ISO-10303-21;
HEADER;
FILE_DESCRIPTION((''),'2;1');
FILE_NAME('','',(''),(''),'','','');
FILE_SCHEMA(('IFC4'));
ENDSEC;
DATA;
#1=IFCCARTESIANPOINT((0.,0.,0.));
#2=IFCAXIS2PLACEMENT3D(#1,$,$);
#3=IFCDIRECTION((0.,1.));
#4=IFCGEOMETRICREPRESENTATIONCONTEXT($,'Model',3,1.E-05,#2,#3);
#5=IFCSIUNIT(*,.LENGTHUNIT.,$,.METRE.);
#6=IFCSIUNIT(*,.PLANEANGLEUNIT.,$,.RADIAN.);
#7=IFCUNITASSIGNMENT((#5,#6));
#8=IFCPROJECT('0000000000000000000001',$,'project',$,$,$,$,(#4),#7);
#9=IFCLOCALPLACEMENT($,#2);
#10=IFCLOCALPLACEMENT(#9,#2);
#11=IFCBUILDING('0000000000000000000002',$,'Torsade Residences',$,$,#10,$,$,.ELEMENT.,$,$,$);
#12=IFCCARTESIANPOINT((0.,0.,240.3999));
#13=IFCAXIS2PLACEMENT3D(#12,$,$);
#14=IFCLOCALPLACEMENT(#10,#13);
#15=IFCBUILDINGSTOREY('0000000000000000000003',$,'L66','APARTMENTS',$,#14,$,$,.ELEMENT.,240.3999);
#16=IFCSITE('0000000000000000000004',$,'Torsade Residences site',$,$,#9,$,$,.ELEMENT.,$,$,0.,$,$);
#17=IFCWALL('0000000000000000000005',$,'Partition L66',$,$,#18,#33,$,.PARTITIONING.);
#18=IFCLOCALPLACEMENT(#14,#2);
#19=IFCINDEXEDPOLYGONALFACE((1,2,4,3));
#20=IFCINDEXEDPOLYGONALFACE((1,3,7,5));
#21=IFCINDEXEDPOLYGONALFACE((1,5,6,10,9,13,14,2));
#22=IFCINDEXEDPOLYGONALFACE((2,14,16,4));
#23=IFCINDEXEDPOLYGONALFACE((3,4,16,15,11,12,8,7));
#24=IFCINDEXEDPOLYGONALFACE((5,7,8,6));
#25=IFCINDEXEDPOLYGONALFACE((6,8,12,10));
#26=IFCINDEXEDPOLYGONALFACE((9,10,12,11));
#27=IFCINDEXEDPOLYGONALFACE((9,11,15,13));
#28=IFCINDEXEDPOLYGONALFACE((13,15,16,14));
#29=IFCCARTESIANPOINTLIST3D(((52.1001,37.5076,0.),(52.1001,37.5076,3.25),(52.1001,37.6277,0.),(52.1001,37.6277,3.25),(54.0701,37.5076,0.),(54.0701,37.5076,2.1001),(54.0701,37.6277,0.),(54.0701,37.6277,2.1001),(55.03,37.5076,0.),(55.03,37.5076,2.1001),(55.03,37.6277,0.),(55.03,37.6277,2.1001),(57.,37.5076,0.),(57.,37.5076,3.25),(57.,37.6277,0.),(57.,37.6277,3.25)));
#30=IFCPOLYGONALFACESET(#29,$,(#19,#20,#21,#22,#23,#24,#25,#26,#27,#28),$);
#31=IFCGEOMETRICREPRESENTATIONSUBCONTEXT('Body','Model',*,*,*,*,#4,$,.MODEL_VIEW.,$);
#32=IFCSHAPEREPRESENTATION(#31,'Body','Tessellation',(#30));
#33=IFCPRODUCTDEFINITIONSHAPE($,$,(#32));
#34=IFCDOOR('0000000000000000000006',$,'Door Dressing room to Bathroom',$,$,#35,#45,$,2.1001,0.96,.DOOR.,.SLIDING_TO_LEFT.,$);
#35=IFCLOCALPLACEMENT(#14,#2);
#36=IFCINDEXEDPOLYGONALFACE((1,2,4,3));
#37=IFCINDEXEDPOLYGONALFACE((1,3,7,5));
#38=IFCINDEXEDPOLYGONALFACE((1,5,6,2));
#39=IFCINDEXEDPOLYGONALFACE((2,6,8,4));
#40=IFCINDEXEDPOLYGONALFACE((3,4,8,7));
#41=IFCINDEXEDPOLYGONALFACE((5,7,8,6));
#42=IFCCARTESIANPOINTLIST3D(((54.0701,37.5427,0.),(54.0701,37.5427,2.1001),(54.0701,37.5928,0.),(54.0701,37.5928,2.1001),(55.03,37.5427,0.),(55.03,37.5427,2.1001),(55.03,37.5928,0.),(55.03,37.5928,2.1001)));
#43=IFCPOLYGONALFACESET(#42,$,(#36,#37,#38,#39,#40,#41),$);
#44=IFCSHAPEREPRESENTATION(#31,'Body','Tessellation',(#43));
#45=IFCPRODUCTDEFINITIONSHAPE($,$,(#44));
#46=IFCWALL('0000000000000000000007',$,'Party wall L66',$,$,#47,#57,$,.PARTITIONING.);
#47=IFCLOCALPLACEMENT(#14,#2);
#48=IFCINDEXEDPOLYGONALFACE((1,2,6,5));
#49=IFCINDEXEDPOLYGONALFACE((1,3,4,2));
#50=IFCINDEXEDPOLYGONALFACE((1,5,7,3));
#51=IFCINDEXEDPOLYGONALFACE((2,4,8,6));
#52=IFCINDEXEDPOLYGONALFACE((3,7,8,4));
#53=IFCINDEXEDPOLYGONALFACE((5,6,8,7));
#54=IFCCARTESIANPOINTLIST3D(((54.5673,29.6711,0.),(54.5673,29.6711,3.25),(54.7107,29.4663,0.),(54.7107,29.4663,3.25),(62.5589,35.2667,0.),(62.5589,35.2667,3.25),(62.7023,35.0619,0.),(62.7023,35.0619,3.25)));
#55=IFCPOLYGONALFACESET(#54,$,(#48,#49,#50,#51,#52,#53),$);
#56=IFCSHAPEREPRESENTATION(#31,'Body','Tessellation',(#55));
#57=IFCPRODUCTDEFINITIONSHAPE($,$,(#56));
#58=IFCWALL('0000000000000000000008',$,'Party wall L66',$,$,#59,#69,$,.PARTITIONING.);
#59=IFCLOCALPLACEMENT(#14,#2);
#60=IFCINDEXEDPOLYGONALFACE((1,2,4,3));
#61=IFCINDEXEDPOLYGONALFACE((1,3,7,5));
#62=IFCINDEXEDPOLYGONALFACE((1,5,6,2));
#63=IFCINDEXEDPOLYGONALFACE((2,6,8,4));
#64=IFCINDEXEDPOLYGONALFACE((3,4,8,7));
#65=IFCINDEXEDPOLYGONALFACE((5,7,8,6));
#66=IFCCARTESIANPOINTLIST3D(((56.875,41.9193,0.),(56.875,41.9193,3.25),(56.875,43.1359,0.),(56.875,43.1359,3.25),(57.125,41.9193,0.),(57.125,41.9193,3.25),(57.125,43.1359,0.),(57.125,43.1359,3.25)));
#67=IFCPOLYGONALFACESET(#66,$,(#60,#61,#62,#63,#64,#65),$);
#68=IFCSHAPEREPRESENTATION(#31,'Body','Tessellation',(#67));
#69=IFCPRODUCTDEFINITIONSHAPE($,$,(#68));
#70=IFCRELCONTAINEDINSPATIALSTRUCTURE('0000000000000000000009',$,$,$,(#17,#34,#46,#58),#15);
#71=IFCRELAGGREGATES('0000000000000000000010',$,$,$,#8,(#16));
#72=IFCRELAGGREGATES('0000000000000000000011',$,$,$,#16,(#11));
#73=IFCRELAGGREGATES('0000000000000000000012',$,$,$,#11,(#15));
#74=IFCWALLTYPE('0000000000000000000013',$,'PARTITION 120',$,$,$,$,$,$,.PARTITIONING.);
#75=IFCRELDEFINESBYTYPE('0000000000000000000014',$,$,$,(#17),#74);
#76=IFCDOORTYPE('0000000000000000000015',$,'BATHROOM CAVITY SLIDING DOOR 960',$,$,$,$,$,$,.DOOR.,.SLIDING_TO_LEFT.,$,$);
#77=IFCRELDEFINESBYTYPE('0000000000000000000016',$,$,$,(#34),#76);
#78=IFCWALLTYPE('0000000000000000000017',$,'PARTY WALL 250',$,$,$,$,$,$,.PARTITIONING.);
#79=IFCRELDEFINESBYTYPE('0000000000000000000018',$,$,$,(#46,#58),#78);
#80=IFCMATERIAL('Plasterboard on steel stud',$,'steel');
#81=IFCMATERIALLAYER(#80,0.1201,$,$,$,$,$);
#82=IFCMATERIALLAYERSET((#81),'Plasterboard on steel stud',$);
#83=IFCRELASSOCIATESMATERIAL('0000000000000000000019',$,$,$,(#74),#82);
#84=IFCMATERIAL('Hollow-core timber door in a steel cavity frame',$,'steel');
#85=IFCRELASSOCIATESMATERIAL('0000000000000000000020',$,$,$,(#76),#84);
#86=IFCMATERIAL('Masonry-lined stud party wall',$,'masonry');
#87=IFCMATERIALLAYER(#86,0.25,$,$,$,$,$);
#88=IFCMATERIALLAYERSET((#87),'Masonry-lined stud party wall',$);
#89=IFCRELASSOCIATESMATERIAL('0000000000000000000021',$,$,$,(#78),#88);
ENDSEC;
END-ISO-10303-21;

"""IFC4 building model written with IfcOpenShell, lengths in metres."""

from ifc_helpers import new_model, si_unit, direction, frame, frame_2d, origin, place, context, subcontext, project, spatial, rectangle, extrude, material, layer, layer_set, type_object, element, fill, save


model = new_model("IFC4")

# Units and contexts
model_context = context("Model", 3, precision=1e-05, world=origin(), true_north=direction((0.0, 1.0)))
body_context = subcontext(model_context, "Body", "Model", "MODEL_VIEW")
ifc_project = project(units=[si_unit("LENGTHUNIT", "METRE"), si_unit("PLANEANGLEUNIT", "RADIAN")], contexts=[model_context])

# Site, building, storey
site_placement = place(None, origin())
site = spatial("IfcSite", under=ifc_project, at=site_placement, Name="Torsade Residences site", CompositionType="ELEMENT", RefElevation=0.0)
building_placement = place(site_placement, origin())
building = spatial("IfcBuilding", under=site, at=building_placement, Name="Torsade Residences", CompositionType="ELEMENT")
storey_placement = place(building_placement, frame((0.0, 0.0, 240.3999)))
storey = spatial("IfcBuildingStorey", under=building, at=storey_placement, Name="L66", Description="APARTMENTS", CompositionType="ELEMENT", Elevation=240.3999)

# Shared definitions
ifc_material_1 = material(Name="Plasterboard on steel stud", Category="steel")
ifc_layer_1 = layer(ifc_material_1, 0.1201)
ifc_layer_set_1 = layer_set([ifc_layer_1], Name="Plasterboard on steel stud")
wall_type_1 = type_object("IfcWallType", Name="PARTITION 120", PredefinedType="PARTITIONING", material=ifc_layer_set_1)

# Wall, opening, door
wall_1_placement = place(storey_placement, frame((57.0, 37.5676, 0.0), z_axis=(0.0, 0.0, 1.0), x_axis=(-1.0, 0.0, 0.0)))
wall_1 = element("IfcWall", 1, at=wall_1_placement, inside=storey, type_object=wall_type_1, Name="Partition L66", PredefinedType="PARTITIONING", context=body_context, shape_type="SweptSolid", body=[
    extrude(rectangle(XDim=4.8999, YDim=0.1201, at=frame_2d((2.45, 0.0))), origin(), (0.0, 0.0, 1.0), 3.25),
])
opening_1_placement = place(wall_1_placement, frame((1.97, 0.0, 0.0)))
opening_1 = element("IfcOpeningElement", 2, at=opening_1_placement, cuts=wall_1, PredefinedType="OPENING", context=body_context, shape_type="SweptSolid", body=[
    extrude(rectangle(XDim=0.96, YDim=2.1001, at=frame_2d((0.48, 1.05))), frame((0.0, 0.0701, 0.0), z_axis=(0.0, -1.0, 0.0), x_axis=(1.0, 0.0, 0.0)), (0.0, 0.0, 1.0), 0.1401),
])
ifc_material_2 = material(Name="Hollow-core timber door in a steel cavity frame", Category="steel")
door_type_1 = type_object("IfcDoorType", Name="BATHROOM CAVITY SLIDING DOOR 960", OperationType="SLIDING_TO_LEFT", PredefinedType="DOOR", material=ifc_material_2)
door_1_placement = place(opening_1_placement, origin())
door_1 = element("IfcDoor", 3, at=door_1_placement, inside=storey, type_object=door_type_1, Name="Door Dressing room to Bathroom", OperationType="SLIDING_TO_LEFT", OverallHeight=2.1001, OverallWidth=0.96, PredefinedType="DOOR", context=body_context, shape_type="SweptSolid", body=[
    extrude(rectangle(XDim=0.96, YDim=2.1001, at=frame_2d((0.48, 1.05))), frame((0.0, 0.0249, 0.0), z_axis=(0.0, -1.0, 0.0), x_axis=(1.0, 0.0, 0.0)), (0.0, 0.0, 1.0), 0.05),
])
fill(opening_1, door_1)

# Walls
ifc_material_3 = material(Name="Masonry-lined stud party wall", Category="masonry")
ifc_layer_2 = layer(ifc_material_3, 0.25)
ifc_layer_set_2 = layer_set([ifc_layer_2], Name="Masonry-lined stud party wall")
wall_type_2 = type_object("IfcWallType", Name="PARTY WALL 250", PredefinedType="PARTITIONING", material=ifc_layer_set_2)
wall_2_placement = place(storey_placement, frame((62.6306, 35.1643, 0.0), z_axis=(0.0, 0.0, 1.0), x_axis=(-0.819159, -0.573566, 0.0)))
element("IfcWall", 4, at=wall_2_placement, inside=storey, type_object=wall_type_2, Name="Party wall L66", PredefinedType="PARTITIONING", context=body_context, shape_type="SweptSolid", body=[
    extrude(rectangle(XDim=9.7559, YDim=0.25, at=frame_2d((4.8779, 0.0))), origin(), (0.0, 0.0, 1.0), 3.25),
])
wall_3_placement = place(storey_placement, frame((57.0, 41.9192, 0.0), z_axis=(0.0, 0.0, 1.0), x_axis=(0.0, 1.0, 0.0)))
element("IfcWall", 5, at=wall_3_placement, inside=storey, type_object=wall_type_2, Name="Party wall L66", PredefinedType="PARTITIONING", context=body_context, shape_type="SweptSolid", body=[
    extrude(rectangle(XDim=1.2166, YDim=0.25, at=frame_2d((0.6084, 0.0))), origin(), (0.0, 0.0, 1.0), 3.25),
])

save(model, "model.ifc")
